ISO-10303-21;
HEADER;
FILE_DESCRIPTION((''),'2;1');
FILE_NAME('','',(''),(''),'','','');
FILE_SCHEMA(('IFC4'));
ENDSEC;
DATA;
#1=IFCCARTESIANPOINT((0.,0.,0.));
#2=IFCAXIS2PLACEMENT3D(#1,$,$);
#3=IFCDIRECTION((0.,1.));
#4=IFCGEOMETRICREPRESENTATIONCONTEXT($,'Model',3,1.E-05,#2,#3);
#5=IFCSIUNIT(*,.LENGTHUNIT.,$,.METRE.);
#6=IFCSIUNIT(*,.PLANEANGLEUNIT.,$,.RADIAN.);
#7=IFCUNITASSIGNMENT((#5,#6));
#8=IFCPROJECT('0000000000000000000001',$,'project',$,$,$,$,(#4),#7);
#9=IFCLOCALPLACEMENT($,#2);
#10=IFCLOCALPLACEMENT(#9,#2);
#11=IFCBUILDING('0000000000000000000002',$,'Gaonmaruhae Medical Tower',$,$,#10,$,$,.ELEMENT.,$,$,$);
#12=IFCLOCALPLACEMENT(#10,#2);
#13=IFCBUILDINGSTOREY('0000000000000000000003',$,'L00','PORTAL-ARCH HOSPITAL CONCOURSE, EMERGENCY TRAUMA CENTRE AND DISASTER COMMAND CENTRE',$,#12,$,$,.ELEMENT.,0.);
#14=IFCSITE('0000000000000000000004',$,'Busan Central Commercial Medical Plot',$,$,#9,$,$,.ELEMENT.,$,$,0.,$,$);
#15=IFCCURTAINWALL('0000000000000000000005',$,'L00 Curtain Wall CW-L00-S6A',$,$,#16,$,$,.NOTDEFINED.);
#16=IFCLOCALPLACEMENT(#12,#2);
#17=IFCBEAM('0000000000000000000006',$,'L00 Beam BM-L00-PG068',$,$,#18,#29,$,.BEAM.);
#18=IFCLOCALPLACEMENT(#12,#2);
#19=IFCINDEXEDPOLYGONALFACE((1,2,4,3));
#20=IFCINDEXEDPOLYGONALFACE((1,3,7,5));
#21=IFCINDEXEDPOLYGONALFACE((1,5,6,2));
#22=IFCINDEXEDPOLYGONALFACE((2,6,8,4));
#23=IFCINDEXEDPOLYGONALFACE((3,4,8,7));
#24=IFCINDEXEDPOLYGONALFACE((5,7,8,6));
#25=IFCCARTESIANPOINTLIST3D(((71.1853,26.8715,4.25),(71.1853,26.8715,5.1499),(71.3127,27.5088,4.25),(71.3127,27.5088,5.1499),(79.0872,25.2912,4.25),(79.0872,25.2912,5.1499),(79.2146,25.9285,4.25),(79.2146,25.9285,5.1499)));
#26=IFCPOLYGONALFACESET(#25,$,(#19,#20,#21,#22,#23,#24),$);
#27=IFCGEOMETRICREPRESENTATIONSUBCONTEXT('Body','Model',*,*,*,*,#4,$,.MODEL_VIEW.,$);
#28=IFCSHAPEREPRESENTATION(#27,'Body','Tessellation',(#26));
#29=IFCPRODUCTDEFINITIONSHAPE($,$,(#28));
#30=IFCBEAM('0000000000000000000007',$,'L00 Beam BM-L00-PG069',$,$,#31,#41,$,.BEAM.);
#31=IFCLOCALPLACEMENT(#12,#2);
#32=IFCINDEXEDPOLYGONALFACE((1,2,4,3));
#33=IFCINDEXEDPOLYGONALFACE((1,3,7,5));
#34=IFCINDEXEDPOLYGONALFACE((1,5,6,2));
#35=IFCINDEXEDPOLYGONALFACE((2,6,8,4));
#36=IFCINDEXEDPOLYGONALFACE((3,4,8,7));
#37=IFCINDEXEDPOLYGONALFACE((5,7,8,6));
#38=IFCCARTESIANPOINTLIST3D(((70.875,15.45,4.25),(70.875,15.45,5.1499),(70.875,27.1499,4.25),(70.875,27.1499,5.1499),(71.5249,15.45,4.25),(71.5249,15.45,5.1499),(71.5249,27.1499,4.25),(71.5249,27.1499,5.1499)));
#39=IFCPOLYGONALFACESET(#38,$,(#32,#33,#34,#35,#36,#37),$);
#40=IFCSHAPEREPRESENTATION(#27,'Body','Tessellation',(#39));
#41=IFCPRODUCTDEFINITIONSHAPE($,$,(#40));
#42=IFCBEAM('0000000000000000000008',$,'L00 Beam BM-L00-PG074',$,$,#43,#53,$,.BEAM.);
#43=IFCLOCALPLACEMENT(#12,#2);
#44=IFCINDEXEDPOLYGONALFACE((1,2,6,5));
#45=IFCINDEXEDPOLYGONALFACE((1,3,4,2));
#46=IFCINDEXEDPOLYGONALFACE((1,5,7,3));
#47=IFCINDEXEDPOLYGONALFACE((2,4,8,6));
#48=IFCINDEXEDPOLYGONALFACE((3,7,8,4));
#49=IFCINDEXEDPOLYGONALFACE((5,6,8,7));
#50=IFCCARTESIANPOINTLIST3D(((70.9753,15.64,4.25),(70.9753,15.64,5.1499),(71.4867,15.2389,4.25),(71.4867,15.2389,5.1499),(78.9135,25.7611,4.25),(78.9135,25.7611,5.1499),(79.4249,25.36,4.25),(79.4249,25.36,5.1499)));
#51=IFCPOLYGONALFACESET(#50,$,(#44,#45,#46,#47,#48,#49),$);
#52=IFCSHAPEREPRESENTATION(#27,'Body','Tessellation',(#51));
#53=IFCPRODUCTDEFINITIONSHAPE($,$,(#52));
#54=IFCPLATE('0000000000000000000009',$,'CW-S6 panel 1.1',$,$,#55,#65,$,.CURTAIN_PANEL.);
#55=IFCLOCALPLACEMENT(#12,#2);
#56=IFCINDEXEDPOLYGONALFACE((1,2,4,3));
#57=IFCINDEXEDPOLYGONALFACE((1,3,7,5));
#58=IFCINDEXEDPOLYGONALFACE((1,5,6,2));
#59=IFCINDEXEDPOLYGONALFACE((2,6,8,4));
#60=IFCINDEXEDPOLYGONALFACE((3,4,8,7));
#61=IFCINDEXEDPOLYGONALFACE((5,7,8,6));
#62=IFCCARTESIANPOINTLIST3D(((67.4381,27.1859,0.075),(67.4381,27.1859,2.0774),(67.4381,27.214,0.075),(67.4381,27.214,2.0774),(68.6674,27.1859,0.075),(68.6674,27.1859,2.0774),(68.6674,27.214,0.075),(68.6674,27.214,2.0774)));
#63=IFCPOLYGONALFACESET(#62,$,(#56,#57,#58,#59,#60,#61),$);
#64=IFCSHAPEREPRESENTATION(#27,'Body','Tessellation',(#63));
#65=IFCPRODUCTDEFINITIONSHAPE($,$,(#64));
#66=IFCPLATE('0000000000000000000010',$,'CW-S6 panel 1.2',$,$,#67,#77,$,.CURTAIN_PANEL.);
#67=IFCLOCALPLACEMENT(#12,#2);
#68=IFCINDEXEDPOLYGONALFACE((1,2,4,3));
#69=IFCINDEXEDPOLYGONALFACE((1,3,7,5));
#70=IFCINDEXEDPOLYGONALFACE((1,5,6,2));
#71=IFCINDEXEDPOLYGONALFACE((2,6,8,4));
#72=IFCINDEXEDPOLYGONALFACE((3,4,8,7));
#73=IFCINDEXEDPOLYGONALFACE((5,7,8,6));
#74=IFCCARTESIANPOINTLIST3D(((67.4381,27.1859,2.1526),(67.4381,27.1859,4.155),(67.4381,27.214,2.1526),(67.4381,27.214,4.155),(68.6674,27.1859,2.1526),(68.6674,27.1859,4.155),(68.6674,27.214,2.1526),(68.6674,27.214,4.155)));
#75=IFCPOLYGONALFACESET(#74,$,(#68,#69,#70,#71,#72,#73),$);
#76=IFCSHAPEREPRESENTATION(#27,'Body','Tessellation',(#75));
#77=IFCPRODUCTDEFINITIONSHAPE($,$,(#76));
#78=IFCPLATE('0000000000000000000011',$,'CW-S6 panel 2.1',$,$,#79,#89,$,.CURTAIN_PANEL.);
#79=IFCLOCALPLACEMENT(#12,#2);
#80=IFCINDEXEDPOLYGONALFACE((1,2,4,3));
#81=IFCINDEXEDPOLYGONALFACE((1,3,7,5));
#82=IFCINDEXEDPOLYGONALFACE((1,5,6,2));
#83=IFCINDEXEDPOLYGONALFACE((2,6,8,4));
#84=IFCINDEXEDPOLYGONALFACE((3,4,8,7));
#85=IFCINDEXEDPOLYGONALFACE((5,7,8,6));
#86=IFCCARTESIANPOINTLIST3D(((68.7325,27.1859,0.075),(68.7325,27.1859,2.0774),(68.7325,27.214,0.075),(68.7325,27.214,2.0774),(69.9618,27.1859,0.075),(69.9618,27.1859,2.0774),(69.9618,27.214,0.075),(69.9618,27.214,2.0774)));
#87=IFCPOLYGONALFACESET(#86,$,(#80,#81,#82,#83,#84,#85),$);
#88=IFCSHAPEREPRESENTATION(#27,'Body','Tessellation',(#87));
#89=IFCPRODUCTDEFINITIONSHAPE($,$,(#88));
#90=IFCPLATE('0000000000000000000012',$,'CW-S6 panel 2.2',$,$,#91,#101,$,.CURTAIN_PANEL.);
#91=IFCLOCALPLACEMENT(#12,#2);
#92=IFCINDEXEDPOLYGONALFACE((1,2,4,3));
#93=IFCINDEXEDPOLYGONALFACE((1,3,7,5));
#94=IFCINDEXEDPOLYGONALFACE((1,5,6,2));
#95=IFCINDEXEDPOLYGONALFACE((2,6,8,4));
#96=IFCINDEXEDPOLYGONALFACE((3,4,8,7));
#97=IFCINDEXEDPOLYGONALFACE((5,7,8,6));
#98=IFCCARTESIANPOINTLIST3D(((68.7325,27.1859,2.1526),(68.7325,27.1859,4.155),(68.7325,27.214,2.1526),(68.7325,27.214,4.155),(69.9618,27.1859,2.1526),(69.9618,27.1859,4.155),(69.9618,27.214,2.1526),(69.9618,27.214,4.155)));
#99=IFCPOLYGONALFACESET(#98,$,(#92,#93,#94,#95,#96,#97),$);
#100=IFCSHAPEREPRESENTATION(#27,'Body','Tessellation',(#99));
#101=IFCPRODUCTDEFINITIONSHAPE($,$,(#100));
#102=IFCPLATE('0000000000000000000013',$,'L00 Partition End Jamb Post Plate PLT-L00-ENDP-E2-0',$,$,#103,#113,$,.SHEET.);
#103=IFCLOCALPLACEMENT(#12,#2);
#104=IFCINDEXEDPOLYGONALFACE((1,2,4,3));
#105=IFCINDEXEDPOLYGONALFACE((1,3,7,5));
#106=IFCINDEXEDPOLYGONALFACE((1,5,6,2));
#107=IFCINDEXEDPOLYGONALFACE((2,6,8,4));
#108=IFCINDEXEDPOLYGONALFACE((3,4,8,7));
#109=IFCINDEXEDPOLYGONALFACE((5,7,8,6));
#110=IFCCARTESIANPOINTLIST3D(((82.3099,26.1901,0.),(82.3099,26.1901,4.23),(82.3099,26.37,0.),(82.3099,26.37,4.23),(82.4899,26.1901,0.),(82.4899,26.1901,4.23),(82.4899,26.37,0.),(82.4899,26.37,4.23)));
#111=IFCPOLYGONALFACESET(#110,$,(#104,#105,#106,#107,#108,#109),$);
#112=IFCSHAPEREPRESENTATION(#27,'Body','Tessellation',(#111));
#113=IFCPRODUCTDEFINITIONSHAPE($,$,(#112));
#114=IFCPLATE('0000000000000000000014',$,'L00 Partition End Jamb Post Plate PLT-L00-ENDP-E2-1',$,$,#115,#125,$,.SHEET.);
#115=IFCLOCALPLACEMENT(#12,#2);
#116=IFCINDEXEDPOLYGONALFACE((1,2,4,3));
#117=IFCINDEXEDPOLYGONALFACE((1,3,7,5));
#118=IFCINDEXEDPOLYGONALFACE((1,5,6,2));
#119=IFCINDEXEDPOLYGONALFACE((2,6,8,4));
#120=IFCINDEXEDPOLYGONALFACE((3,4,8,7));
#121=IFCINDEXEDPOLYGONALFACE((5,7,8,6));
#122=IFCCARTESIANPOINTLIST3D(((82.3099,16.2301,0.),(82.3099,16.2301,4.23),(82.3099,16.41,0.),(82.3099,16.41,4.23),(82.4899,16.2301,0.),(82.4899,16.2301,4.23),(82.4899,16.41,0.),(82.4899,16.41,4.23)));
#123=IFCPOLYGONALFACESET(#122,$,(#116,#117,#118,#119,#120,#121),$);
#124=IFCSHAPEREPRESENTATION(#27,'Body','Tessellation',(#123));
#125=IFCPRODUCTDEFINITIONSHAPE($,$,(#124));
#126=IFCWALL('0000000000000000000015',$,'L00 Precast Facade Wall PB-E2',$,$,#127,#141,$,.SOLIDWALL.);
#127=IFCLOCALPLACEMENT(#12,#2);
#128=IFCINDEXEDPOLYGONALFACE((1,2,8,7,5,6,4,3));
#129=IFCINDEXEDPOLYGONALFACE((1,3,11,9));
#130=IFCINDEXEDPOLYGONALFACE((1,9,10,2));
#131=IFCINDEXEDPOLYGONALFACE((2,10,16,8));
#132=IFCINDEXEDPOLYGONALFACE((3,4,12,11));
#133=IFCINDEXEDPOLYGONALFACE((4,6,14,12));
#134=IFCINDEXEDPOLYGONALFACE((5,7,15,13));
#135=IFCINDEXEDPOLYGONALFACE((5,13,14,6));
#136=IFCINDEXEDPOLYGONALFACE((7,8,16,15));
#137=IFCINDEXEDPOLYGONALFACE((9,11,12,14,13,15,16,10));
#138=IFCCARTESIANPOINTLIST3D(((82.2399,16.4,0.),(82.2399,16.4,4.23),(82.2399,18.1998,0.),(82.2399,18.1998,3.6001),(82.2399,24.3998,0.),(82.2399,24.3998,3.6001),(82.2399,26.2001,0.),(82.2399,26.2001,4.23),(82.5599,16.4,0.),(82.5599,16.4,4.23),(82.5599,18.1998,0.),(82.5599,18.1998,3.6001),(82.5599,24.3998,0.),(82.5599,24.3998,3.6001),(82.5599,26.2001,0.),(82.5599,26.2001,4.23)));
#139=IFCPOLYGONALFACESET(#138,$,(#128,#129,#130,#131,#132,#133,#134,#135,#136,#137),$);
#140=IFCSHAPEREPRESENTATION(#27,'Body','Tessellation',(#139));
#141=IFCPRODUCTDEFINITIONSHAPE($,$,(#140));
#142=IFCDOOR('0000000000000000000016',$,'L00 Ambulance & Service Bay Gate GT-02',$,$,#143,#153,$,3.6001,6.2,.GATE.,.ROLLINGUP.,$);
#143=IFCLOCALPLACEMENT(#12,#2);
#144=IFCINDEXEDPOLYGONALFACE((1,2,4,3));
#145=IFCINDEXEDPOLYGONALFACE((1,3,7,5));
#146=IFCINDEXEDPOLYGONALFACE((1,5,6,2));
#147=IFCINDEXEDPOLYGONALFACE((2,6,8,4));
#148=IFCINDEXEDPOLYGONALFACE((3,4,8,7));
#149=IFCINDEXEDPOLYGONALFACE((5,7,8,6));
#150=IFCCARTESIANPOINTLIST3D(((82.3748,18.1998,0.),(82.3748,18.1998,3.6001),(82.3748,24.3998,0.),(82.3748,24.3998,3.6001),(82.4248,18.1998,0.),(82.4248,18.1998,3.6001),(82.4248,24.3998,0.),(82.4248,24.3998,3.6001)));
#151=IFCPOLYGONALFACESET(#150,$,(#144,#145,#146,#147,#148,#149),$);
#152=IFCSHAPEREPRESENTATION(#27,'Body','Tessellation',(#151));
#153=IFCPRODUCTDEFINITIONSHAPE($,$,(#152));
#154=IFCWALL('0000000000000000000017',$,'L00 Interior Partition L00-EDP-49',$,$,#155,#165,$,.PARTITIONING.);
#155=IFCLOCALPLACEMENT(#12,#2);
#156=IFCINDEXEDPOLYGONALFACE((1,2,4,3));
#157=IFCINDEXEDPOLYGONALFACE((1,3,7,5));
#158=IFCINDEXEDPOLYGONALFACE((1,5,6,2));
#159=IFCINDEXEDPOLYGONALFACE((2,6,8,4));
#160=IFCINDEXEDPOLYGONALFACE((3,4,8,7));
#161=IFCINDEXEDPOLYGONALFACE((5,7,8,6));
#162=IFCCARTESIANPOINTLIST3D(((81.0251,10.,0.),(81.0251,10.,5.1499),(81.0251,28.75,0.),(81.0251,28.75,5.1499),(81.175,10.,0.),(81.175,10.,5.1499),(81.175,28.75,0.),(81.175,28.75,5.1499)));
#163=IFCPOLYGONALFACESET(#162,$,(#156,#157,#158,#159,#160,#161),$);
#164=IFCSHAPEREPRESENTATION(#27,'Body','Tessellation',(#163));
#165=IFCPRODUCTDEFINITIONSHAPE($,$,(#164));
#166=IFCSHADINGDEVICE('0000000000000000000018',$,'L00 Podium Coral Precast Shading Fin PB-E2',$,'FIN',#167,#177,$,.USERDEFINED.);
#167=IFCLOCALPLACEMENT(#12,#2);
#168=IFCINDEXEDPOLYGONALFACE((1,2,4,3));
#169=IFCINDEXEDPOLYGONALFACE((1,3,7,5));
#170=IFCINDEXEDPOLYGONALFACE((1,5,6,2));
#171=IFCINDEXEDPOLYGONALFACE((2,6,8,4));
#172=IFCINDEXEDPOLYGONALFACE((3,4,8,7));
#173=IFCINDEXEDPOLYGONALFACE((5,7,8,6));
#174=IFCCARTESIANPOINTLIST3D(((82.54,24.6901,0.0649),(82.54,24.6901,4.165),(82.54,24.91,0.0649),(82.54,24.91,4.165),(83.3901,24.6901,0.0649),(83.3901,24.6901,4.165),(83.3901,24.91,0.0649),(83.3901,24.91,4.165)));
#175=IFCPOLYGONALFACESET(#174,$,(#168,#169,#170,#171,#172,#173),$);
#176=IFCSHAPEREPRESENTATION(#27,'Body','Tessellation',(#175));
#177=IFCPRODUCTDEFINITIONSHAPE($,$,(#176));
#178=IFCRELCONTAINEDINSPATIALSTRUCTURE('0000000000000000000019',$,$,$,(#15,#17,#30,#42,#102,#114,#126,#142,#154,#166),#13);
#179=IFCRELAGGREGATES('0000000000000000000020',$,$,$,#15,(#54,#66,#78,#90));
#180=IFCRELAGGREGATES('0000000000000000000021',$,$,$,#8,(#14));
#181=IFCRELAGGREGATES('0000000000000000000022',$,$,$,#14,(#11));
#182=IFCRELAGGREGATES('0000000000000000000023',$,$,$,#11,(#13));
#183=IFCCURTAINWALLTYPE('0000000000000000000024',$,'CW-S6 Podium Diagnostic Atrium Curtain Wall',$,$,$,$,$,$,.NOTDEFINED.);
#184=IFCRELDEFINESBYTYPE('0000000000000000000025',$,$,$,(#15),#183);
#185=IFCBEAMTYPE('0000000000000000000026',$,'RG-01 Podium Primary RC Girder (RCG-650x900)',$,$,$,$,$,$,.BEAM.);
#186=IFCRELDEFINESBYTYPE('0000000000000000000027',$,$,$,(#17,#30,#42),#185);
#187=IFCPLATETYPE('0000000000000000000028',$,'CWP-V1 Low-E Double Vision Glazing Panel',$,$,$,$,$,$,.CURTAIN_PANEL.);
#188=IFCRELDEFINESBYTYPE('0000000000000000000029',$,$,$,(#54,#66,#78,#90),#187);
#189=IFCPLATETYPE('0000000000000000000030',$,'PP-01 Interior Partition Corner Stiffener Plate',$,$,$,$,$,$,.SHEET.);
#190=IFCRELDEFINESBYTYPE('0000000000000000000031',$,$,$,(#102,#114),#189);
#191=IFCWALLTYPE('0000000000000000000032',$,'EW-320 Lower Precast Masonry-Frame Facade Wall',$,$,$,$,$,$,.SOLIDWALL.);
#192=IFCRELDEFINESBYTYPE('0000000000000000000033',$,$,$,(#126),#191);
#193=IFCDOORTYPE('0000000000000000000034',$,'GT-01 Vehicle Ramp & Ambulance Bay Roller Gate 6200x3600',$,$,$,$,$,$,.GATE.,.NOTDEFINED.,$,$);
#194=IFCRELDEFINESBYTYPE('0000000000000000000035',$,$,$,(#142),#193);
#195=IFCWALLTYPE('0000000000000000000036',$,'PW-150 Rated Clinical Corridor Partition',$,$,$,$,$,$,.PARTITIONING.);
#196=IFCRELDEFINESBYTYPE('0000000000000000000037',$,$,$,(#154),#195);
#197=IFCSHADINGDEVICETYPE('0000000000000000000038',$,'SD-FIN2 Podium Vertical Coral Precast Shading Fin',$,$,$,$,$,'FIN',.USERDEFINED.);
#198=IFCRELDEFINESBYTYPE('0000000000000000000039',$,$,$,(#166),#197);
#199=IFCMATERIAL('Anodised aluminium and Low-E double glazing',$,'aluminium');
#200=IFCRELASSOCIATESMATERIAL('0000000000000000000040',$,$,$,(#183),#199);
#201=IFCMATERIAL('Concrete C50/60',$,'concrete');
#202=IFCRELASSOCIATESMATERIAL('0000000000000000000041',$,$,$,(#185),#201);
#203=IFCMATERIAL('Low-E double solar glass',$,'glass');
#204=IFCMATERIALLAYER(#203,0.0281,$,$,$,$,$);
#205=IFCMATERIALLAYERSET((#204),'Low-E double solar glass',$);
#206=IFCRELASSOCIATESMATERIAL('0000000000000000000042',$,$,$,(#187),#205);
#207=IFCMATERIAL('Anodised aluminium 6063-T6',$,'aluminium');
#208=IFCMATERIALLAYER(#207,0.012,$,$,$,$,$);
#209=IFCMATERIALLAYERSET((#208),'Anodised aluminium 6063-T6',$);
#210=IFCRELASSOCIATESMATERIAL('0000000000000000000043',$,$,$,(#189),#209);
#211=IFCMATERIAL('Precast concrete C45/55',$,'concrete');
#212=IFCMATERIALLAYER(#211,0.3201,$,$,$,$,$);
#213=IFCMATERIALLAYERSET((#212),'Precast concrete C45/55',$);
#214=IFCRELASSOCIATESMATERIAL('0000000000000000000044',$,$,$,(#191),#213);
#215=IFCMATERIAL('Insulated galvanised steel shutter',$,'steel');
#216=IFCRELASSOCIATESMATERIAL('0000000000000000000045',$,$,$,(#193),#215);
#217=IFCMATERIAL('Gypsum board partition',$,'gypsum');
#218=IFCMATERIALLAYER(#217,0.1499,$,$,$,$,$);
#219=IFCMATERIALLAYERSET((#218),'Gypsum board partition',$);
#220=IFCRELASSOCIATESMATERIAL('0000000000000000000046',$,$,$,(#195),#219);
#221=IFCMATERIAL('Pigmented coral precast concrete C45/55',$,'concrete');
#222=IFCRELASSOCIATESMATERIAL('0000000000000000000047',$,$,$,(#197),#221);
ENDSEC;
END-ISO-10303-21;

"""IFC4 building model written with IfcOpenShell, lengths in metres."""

from ifc_helpers import new_model, si_unit, direction, frame, frame_2d, origin, origin_2d, place, context, subcontext, project, spatial, rectangle, extrude, material, layer, layer_set, material_profile, profile_set, type_object, element, fill, aggregate, save


model = new_model("IFC4")

# Units and contexts
model_context = context("Model", 3, precision=1e-05, world=origin(), true_north=direction((0.0, 1.0)))
body_context = subcontext(model_context, "Body", "Model", "MODEL_VIEW")
ifc_project = project(units=[si_unit("LENGTHUNIT", "METRE"), si_unit("PLANEANGLEUNIT", "RADIAN")], contexts=[model_context])

# Site, building, storey
site_placement = place(None, origin())
site = spatial("IfcSite", under=ifc_project, at=site_placement, Name="Busan Central Commercial Medical Plot", CompositionType="ELEMENT", RefElevation=0.0)
building_placement = place(site_placement, origin())
building = spatial("IfcBuilding", under=site, at=building_placement, Name="Gaonmaruhae Medical Tower", CompositionType="ELEMENT")
storey_placement = place(building_placement, origin())
storey = spatial("IfcBuildingStorey", under=building, at=storey_placement, Name="L00", Description="PORTAL-ARCH HOSPITAL CONCOURSE, EMERGENCY TRAUMA CENTRE AND DISASTER COMMAND CENTRE", CompositionType="ELEMENT", Elevation=0.0)

# Shared definitions
ifc_material_1 = material(Name="Concrete C50/60", Category="concrete")

# Curtain wall
ifc_material_2 = material(Name="Anodised aluminium and Low-E double glazing", Category="aluminium")
curtain_wall_type = type_object("IfcCurtainWallType", Name="CW-S6 Podium Diagnostic Atrium Curtain Wall", PredefinedType="NOTDEFINED", material=ifc_material_2)
curtain_wall_placement = place(storey_placement, origin())
curtain_wall = element("IfcCurtainWall", 1, at=curtain_wall_placement, inside=storey, type_object=curtain_wall_type, Name="L00 Curtain Wall CW-L00-S6A", PredefinedType="NOTDEFINED")
ifc_material_3 = material(Name="Anodised aluminium 6063-T6", Category="aluminium")

# Beams
ifc_material_profile_1 = material_profile(ifc_material_1, rectangle(XDim=0.6499, YDim=0.8999, at=origin_2d()), Name="RCG-650x900")
ifc_profile_set_1 = profile_set([ifc_material_profile_1], Name="Concrete C50/60")
beam_type = type_object("IfcBeamType", Name="RG-01 Podium Primary RC Girder (RCG-650x900)", PredefinedType="BEAM", material=ifc_profile_set_1)
beam_1_placement = place(storey_placement, frame((71.249, 27.1902, 4.7), z_axis=(0.980582, -0.19611, 0.0), x_axis=(0.19611, 0.980582, 0.0)))
element("IfcBeam", 2, at=beam_1_placement, inside=storey, type_object=beam_type, Name="L00 Beam BM-L00-PG068", PredefinedType="BEAM", context=body_context, shape_type="SweptSolid", body=[
    extrude(rectangle(XDim=0.6499, YDim=0.8999, at=origin_2d()), origin(), (0.0, 0.0, 1.0), 8.0583),
])
beam_2_placement = place(storey_placement, frame((71.2, 27.1499, 4.7), z_axis=(0.0, -1.0, 0.0), x_axis=(1.0, 0.0, 0.0)))
element("IfcBeam", 3, at=beam_2_placement, inside=storey, type_object=beam_type, Name="L00 Beam BM-L00-PG069", PredefinedType="BEAM", context=body_context, shape_type="SweptSolid", body=[
    extrude(rectangle(XDim=0.6499, YDim=0.8999, at=origin_2d()), origin(), (0.0, 0.0, 1.0), 11.7),
])
beam_3_placement = place(storey_placement, frame((79.1692, 25.5605, 4.7), z_axis=(-0.617146, -0.786849, 0.0), x_axis=(0.786849, -0.617146, 0.0)))
element("IfcBeam", 4, at=beam_3_placement, inside=storey, type_object=beam_type, Name="L00 Beam BM-L00-PG074", PredefinedType="BEAM", context=body_context, shape_type="SweptSolid", body=[
    extrude(rectangle(XDim=0.6499, YDim=0.8999, at=origin_2d()), origin(), (0.0, 0.0, 1.0), 12.8628),
])

# Plates
ifc_material_4 = material(Name="Low-E double solar glass", Category="glass")
ifc_layer_1 = layer(ifc_material_4, 0.0281)
ifc_layer_set_1 = layer_set([ifc_layer_1], Name="Low-E double solar glass")
plate_type_1 = type_object("IfcPlateType", Name="CWP-V1 Low-E Double Vision Glazing Panel", PredefinedType="CURTAIN_PANEL", material=ifc_layer_set_1)
plate_1_placement = place(storey_placement, frame((68.0527, 27.2, 0.075), z_axis=(0.0, 0.0, 1.0), x_axis=(1.0, 0.0, 0.0)))
plate_1 = element("IfcPlate", 5, at=plate_1_placement, type_object=plate_type_1, Name="CW-S6 panel 1.1", PredefinedType="CURTAIN_PANEL", context=body_context, shape_type="SweptSolid", body=[
    extrude(rectangle(XDim=1.2292, YDim=0.0281, at=origin_2d()), origin(), (0.0, 0.0, 1.0), 2.0024),
])
plate_2_placement = place(storey_placement, frame((68.0527, 27.2, 2.1526), z_axis=(0.0, 0.0, 1.0), x_axis=(1.0, 0.0, 0.0)))
plate_2 = element("IfcPlate", 6, at=plate_2_placement, type_object=plate_type_1, Name="CW-S6 panel 1.2", PredefinedType="CURTAIN_PANEL", context=body_context, shape_type="SweptSolid", body=[
    extrude(rectangle(XDim=1.2292, YDim=0.0281, at=origin_2d()), origin(), (0.0, 0.0, 1.0), 2.0024),
])
plate_3_placement = place(storey_placement, frame((69.3472, 27.2, 0.075), z_axis=(0.0, 0.0, 1.0), x_axis=(1.0, 0.0, 0.0)))
plate_3 = element("IfcPlate", 7, at=plate_3_placement, type_object=plate_type_1, Name="CW-S6 panel 2.1", PredefinedType="CURTAIN_PANEL", context=body_context, shape_type="SweptSolid", body=[
    extrude(rectangle(XDim=1.2292, YDim=0.0281, at=origin_2d()), origin(), (0.0, 0.0, 1.0), 2.0024),
])
plate_4_placement = place(storey_placement, frame((69.3472, 27.2, 2.1526), z_axis=(0.0, 0.0, 1.0), x_axis=(1.0, 0.0, 0.0)))
plate_4 = element("IfcPlate", 8, at=plate_4_placement, type_object=plate_type_1, Name="CW-S6 panel 2.2", PredefinedType="CURTAIN_PANEL", context=body_context, shape_type="SweptSolid", body=[
    extrude(rectangle(XDim=1.2292, YDim=0.0281, at=origin_2d()), origin(), (0.0, 0.0, 1.0), 2.0024),
])
aggregate(curtain_wall, [plate_1, plate_2, plate_3, plate_4])

# Plates
ifc_layer_2 = layer(ifc_material_3, 0.012)
ifc_layer_set_2 = layer_set([ifc_layer_2], Name="Anodised aluminium 6063-T6")
plate_type_2 = type_object("IfcPlateType", Name="PP-01 Interior Partition Corner Stiffener Plate", PredefinedType="SHEET", material=ifc_layer_set_2)
for number, where, z_axis, x_axis, name in (
    (9, (82.3999, 26.28, 0.0), (0.0, 0.0, 1.0), (0.0, -1.0, 0.0), "L00 Partition End Jamb Post Plate PLT-L00-ENDP-E2-0"),
    (10, (82.3999, 16.3201, 0.0), (0.0, 0.0, 1.0), (0.0, -1.0, 0.0), "L00 Partition End Jamb Post Plate PLT-L00-ENDP-E2-1"),
):
    element("IfcPlate", number, at=place(storey_placement, frame(where, z_axis=z_axis, x_axis=x_axis)), inside=storey, type_object=plate_type_2, Name=name, PredefinedType="SHEET", context=body_context, shape_type="SweptSolid", body=[
        extrude(rectangle(XDim=0.1799, YDim=0.1799, at=origin_2d()), origin(), (0.0, 0.0, 1.0), 4.23),
    ])

# Wall, opening, door
ifc_material_5 = material(Name="Precast concrete C45/55", Category="concrete")
ifc_layer_3 = layer(ifc_material_5, 0.3201)
ifc_layer_set_3 = layer_set([ifc_layer_3], Name="Precast concrete C45/55")
wall_type_1 = type_object("IfcWallType", Name="EW-320 Lower Precast Masonry-Frame Facade Wall", PredefinedType="SOLIDWALL", material=ifc_layer_set_3)
wall_1_placement = place(storey_placement, frame((82.3999, 26.2, 0.0), z_axis=(0.0, 0.0, 1.0), x_axis=(0.0, -1.0, 0.0)))
wall_1 = element("IfcWall", 11, at=wall_1_placement, inside=storey, type_object=wall_type_1, Name="L00 Precast Facade Wall PB-E2", PredefinedType="SOLIDWALL", context=body_context, shape_type="SweptSolid", body=[
    extrude(rectangle(XDim=9.8, YDim=0.3201, at=frame_2d((4.8999, 0.0))), origin(), (0.0, 0.0, 1.0), 4.23),
])
opening_placement = place(wall_1_placement, frame((1.8, 0.0, 0.0)))
opening = element("IfcOpeningElement", 12, at=opening_placement, cuts=wall_1, PredefinedType="OPENING", context=body_context, shape_type="SweptSolid", body=[
    extrude(rectangle(XDim=6.2, YDim=3.6001, at=frame_2d((3.1001, 1.8))), frame((0.0, 0.1699, 0.0), z_axis=(0.0, -1.0, 0.0), x_axis=(1.0, 0.0, 0.0)), (0.0, 0.0, 1.0), 0.3401),
])
ifc_material_6 = material(Name="Insulated galvanised steel shutter", Category="steel")
door_type = type_object("IfcDoorType", Name="GT-01 Vehicle Ramp & Ambulance Bay Roller Gate 6200x3600", OperationType="NOTDEFINED", PredefinedType="GATE", material=ifc_material_6)
door_placement = place(opening_placement, origin())
door = element("IfcDoor", 13, at=door_placement, inside=storey, type_object=door_type, Name="L00 Ambulance & Service Bay Gate GT-02", OperationType="ROLLINGUP", OverallHeight=3.6001, OverallWidth=6.2, PredefinedType="GATE", context=body_context, shape_type="SweptSolid", body=[
    extrude(rectangle(XDim=6.2, YDim=3.6001, at=frame_2d((3.1001, 1.8))), frame((0.0, 0.0249, 0.0), z_axis=(0.0, -1.0, 0.0), x_axis=(1.0, 0.0, 0.0)), (0.0, 0.0, 1.0), 0.05),
])
fill(opening, door)

# Wall
ifc_material_7 = material(Name="Gypsum board partition", Category="gypsum")
ifc_layer_4 = layer(ifc_material_7, 0.1499)
ifc_layer_set_4 = layer_set([ifc_layer_4], Name="Gypsum board partition")
wall_type_2 = type_object("IfcWallType", Name="PW-150 Rated Clinical Corridor Partition", PredefinedType="PARTITIONING", material=ifc_layer_set_4)
wall_2_placement = place(storey_placement, frame((81.1001, 28.75, 0.0), z_axis=(0.0, 0.0, 1.0), x_axis=(0.0, -1.0, 0.0)))
element("IfcWall", 14, at=wall_2_placement, inside=storey, type_object=wall_type_2, Name="L00 Interior Partition L00-EDP-49", PredefinedType="PARTITIONING", context=body_context, shape_type="SweptSolid", body=[
    extrude(rectangle(XDim=18.75, YDim=0.1499, at=frame_2d((9.375, 0.0))), origin(), (0.0, 0.0, 1.0), 5.1499),
])

# Shading device
ifc_material_8 = material(Name="Pigmented coral precast concrete C45/55", Category="concrete")
shading_device_type = type_object("IfcShadingDeviceType", Name="SD-FIN2 Podium Vertical Coral Precast Shading Fin", ElementType="FIN", PredefinedType="USERDEFINED", material=ifc_material_8)
shading_device_placement = place(storey_placement, frame((82.9651, 24.8, 0.0649), z_axis=(0.0, 0.0, 1.0), x_axis=(0.0, -1.0, 0.0)))
element("IfcShadingDevice", 15, at=shading_device_placement, inside=storey, type_object=shading_device_type, Name="L00 Podium Coral Precast Shading Fin PB-E2", ObjectType="FIN", PredefinedType="USERDEFINED", context=body_context, shape_type="SweptSolid", body=[
    extrude(rectangle(XDim=0.22, YDim=0.8501, at=origin_2d()), origin(), (0.0, 0.0, 1.0), 4.1001),
])

save(model, "model.ifc")
